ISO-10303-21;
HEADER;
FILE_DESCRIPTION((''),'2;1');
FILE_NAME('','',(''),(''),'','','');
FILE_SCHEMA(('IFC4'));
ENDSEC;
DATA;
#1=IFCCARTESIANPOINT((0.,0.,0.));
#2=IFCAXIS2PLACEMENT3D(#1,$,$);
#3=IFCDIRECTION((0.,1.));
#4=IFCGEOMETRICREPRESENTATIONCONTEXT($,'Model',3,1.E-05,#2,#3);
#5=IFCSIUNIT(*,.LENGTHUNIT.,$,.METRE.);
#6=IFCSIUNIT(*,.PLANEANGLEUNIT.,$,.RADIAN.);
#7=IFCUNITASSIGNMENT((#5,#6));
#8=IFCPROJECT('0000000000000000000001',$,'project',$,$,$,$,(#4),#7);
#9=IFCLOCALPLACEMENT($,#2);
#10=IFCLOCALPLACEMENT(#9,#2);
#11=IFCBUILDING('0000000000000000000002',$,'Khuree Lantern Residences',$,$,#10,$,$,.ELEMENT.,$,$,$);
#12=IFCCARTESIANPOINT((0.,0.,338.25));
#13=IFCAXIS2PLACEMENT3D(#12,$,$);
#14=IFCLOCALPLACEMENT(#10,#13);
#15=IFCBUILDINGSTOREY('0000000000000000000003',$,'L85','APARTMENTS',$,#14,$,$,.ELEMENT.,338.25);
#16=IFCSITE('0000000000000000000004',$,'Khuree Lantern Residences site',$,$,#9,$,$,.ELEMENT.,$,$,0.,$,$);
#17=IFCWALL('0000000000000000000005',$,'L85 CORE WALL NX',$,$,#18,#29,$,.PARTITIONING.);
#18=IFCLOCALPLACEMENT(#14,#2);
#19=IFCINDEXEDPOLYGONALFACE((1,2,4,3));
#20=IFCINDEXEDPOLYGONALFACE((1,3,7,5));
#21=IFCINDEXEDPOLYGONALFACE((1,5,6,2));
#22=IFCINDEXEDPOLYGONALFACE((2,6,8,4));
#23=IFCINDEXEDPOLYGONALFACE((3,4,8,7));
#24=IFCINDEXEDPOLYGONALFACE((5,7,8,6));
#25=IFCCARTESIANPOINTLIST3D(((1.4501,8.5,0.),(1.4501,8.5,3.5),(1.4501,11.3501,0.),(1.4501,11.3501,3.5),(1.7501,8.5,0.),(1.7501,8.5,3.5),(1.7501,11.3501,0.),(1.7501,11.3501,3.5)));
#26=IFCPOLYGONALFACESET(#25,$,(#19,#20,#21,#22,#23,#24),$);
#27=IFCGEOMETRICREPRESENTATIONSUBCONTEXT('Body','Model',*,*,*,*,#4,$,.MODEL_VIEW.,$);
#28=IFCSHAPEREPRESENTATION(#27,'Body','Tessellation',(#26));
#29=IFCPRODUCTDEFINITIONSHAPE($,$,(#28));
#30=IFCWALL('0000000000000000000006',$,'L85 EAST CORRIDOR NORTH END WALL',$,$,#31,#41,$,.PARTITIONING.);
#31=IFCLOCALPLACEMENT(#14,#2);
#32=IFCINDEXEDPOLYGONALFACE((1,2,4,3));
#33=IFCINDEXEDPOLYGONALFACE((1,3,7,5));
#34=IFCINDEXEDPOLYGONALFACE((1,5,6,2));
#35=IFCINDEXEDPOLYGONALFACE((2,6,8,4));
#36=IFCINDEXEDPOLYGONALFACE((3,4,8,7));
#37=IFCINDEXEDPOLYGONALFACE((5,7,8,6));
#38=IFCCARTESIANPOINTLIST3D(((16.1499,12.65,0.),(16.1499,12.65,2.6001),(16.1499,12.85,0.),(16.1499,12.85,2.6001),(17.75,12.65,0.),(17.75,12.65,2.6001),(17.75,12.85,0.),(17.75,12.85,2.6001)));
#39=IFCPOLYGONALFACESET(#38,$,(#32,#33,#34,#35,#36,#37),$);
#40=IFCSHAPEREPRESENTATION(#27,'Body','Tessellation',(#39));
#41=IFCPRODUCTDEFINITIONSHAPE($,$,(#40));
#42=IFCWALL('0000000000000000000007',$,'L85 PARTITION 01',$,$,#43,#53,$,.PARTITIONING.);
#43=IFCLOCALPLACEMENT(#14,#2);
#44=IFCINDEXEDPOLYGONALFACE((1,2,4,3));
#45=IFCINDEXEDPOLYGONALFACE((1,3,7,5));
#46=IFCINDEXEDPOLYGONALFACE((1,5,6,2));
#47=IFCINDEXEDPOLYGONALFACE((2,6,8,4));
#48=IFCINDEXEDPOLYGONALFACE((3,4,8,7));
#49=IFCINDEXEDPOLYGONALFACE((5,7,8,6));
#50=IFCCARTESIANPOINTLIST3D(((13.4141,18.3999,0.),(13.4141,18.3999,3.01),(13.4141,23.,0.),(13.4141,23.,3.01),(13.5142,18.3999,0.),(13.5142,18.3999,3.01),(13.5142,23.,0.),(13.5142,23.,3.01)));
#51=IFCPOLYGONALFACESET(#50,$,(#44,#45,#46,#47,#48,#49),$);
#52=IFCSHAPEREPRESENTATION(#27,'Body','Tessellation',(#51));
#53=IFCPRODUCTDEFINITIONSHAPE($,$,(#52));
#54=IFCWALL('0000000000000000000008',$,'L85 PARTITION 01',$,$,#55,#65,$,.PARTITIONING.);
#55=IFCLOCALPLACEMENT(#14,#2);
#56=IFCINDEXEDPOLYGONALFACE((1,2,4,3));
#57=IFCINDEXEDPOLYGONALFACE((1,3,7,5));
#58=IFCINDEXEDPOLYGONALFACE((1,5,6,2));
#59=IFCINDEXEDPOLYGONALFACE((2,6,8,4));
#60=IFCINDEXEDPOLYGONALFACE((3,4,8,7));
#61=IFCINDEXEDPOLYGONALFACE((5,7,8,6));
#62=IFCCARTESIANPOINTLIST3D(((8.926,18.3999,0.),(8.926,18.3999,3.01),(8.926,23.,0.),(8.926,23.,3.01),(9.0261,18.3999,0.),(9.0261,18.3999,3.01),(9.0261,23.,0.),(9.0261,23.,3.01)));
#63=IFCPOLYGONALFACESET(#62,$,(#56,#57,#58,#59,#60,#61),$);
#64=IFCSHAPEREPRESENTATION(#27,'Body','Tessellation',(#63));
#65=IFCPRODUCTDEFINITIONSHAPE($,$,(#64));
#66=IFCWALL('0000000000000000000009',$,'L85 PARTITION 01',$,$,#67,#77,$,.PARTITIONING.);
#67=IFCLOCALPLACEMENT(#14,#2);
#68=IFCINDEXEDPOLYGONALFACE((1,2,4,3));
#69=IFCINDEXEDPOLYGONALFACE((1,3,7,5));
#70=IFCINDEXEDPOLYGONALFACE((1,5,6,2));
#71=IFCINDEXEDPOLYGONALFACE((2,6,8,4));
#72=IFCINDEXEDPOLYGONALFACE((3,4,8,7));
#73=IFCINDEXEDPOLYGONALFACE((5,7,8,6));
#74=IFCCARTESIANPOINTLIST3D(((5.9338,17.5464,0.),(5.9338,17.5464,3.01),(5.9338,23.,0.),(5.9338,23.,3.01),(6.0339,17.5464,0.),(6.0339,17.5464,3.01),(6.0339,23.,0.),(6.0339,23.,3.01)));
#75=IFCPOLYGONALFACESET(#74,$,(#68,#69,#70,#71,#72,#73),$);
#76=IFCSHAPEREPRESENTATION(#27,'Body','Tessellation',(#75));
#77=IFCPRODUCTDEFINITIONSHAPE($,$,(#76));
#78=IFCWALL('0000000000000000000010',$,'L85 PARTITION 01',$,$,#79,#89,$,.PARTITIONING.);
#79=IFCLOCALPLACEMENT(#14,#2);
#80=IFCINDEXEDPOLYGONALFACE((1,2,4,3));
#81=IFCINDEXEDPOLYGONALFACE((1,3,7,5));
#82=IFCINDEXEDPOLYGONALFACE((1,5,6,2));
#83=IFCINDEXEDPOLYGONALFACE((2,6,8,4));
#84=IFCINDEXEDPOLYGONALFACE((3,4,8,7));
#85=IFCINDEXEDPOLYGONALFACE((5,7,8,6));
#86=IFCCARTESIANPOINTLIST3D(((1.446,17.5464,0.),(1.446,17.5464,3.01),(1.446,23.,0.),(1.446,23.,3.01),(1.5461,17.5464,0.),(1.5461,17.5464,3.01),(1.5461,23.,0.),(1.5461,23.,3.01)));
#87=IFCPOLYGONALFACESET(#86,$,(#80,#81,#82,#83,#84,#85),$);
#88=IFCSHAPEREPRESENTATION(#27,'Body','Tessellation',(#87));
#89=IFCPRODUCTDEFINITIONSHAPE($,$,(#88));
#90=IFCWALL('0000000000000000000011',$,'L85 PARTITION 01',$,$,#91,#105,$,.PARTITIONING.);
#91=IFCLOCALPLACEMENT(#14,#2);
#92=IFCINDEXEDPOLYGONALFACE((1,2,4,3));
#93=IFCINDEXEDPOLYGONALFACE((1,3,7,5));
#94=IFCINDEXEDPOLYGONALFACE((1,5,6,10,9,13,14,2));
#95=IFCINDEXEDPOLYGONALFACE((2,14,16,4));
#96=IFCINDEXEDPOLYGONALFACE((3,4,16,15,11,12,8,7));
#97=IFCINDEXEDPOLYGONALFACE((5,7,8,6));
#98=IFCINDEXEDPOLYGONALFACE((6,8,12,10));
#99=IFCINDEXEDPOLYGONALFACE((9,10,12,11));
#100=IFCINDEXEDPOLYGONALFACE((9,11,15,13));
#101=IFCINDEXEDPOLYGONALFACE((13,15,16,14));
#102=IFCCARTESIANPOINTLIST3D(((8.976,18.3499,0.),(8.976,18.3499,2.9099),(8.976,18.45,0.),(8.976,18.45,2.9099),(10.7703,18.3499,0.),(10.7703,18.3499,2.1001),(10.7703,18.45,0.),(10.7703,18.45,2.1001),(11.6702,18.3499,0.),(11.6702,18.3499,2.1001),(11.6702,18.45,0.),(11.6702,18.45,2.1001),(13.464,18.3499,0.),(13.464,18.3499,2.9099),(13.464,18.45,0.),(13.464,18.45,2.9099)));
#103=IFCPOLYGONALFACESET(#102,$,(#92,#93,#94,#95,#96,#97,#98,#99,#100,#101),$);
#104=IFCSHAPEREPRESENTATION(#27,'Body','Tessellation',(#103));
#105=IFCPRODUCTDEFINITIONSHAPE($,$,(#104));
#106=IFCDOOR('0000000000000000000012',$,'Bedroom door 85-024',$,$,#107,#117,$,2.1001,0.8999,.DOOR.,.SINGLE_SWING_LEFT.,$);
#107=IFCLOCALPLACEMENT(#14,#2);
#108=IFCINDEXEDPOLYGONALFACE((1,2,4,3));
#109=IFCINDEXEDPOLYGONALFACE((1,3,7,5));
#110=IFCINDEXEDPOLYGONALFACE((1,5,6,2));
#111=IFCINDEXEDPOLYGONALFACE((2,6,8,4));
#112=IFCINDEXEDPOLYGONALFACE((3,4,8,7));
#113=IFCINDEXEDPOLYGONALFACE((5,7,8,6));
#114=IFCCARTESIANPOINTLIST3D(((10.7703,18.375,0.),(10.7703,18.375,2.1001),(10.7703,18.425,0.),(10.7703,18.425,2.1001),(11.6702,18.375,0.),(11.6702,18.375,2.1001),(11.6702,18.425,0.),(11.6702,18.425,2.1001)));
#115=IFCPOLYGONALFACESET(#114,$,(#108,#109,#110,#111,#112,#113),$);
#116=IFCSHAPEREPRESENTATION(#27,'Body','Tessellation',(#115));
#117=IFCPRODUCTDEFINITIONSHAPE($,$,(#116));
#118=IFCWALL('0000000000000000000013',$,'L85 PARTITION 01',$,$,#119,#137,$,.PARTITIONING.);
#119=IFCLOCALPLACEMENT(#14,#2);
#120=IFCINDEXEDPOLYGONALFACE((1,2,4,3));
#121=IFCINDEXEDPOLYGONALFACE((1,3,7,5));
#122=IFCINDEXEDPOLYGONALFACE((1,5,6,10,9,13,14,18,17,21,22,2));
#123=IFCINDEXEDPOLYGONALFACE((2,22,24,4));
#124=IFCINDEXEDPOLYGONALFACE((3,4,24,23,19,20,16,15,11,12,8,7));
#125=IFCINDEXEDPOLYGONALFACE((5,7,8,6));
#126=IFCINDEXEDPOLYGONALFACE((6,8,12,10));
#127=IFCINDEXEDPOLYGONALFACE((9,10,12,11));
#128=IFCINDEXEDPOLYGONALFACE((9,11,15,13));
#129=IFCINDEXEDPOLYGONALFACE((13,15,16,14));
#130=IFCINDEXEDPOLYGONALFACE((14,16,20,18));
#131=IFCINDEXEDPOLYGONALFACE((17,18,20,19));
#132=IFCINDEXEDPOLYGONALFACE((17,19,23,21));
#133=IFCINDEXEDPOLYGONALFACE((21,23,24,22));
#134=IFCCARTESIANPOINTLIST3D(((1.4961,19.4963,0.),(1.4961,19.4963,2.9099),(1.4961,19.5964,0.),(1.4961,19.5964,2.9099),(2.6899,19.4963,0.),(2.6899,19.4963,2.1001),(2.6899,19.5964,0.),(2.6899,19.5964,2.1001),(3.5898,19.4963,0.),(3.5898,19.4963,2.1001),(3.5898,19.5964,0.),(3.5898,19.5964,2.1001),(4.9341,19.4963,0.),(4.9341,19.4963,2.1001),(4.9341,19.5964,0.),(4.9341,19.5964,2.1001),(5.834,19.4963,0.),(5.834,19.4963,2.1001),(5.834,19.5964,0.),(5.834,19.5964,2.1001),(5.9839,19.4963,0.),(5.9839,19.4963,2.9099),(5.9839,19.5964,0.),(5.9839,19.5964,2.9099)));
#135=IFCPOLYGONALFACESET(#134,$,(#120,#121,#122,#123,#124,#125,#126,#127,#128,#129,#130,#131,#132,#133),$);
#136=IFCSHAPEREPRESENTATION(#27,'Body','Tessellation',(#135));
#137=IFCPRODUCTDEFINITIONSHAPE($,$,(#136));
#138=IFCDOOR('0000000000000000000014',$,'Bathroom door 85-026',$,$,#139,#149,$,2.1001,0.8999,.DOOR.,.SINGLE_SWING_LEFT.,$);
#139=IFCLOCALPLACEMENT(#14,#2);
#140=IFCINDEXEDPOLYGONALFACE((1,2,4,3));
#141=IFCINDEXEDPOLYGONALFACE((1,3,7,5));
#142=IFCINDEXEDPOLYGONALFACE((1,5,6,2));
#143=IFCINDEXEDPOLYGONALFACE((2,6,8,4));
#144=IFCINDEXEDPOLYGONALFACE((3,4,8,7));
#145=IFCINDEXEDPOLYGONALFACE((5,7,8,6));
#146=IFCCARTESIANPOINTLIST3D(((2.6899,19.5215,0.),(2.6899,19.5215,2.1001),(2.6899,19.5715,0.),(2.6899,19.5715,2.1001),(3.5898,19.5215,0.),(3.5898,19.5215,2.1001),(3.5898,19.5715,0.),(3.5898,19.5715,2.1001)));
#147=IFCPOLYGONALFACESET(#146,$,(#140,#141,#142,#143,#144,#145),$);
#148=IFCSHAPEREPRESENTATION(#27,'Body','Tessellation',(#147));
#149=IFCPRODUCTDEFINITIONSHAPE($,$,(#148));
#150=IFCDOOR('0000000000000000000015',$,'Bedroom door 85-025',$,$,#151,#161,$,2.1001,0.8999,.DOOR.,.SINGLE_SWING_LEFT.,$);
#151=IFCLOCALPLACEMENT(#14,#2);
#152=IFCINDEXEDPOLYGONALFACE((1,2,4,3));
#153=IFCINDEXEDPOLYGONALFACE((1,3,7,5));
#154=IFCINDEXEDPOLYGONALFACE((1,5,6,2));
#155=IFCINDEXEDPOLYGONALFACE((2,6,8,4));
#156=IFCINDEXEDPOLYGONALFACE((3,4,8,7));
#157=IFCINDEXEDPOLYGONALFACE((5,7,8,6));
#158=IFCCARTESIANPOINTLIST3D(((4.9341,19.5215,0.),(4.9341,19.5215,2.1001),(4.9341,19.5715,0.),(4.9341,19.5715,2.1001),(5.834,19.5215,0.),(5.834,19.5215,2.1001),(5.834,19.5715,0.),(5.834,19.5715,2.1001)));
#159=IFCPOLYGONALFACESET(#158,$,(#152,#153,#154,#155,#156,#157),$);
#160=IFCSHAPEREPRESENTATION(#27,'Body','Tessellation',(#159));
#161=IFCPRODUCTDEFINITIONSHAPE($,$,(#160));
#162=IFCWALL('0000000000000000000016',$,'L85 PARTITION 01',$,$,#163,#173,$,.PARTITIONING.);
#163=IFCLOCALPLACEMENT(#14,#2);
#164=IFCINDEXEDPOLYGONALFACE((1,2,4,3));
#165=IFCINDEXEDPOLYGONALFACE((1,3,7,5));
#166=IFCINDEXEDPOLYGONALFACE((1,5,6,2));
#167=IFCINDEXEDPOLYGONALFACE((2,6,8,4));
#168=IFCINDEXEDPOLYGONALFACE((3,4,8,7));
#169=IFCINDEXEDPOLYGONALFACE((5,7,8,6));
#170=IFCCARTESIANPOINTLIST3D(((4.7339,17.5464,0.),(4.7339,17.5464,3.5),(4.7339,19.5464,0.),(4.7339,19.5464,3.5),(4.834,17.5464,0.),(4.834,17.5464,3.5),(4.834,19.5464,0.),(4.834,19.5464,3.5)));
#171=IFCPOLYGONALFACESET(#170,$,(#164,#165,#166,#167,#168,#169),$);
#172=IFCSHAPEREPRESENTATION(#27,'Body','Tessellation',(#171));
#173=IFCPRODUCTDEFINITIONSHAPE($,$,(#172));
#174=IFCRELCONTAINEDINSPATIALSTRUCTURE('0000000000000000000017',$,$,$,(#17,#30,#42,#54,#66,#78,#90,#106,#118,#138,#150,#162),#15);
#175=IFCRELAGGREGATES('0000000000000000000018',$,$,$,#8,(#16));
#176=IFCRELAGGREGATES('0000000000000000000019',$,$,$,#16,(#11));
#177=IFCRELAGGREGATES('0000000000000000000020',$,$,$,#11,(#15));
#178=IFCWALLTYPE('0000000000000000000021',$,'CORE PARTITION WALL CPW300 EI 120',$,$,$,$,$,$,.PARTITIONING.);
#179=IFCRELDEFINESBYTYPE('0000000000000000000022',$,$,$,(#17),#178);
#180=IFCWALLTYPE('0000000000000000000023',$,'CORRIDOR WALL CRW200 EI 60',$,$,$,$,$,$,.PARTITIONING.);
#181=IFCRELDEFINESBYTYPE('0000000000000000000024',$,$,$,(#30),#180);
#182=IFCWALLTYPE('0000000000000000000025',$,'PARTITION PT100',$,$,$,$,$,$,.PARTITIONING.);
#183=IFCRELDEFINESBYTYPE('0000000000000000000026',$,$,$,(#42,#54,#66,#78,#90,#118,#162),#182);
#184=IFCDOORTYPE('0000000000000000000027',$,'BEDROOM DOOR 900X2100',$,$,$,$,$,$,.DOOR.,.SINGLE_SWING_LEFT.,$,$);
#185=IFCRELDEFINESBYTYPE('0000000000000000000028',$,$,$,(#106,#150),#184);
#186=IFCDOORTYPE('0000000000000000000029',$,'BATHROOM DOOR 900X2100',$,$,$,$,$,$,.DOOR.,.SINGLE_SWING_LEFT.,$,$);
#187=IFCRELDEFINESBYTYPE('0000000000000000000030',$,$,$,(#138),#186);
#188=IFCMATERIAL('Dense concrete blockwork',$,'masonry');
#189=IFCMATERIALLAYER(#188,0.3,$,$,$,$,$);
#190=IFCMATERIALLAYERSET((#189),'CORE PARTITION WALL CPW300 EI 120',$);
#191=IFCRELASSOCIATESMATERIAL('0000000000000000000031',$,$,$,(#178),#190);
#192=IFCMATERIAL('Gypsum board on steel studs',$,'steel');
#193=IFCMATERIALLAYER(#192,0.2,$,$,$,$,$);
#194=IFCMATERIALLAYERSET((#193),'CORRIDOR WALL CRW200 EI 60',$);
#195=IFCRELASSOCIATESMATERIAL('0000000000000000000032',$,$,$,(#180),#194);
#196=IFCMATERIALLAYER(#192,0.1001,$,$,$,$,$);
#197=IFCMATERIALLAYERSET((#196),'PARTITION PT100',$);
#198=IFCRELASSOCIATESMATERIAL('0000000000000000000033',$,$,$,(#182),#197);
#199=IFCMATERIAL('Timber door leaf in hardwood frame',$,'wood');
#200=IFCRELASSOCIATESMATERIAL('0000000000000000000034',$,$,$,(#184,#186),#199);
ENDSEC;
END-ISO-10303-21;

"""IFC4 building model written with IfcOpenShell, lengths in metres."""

from ifc_helpers import new_model, si_unit, direction, frame, frame_2d, origin, place, context, subcontext, project, spatial, rectangle, extrude, material, layer, layer_set, type_object, element, fill, save


model = new_model("IFC4")

# Units and contexts
model_context = context("Model", 3, precision=1e-05, world=origin(), true_north=direction((0.0, 1.0)))
body_context = subcontext(model_context, "Body", "Model", "MODEL_VIEW")
ifc_project = project(units=[si_unit("LENGTHUNIT", "METRE"), si_unit("PLANEANGLEUNIT", "RADIAN")], contexts=[model_context])

# Site, building, storey
site_placement = place(None, origin())
site = spatial("IfcSite", under=ifc_project, at=site_placement, Name="Khuree Lantern Residences site", CompositionType="ELEMENT", RefElevation=0.0)
building_placement = place(site_placement, origin())
building = spatial("IfcBuilding", under=site, at=building_placement, Name="Khuree Lantern Residences", CompositionType="ELEMENT")
storey_placement = place(building_placement, frame((0.0, 0.0, 338.25)))
storey = spatial("IfcBuildingStorey", under=building, at=storey_placement, Name="L85", Description="APARTMENTS", CompositionType="ELEMENT", Elevation=338.25)

# Shared definitions
ifc_material_1 = material(Name="Dense concrete blockwork", Category="masonry")
ifc_layer_1 = layer(ifc_material_1, 0.3)
ifc_layer_set_1 = layer_set([ifc_layer_1], Name="CORE PARTITION WALL CPW300 EI 120")
wall_type_1 = type_object("IfcWallType", Name="CORE PARTITION WALL CPW300 EI 120", PredefinedType="PARTITIONING", material=ifc_layer_set_1)

# Shared definitions
ifc_material_2 = material(Name="Timber door leaf in hardwood frame", Category="wood")

# Walls
wall_1_placement = place(storey_placement, frame((1.6001, 8.5, 0.0), z_axis=(0.0, 0.0, 1.0), x_axis=(0.0, 1.0, 0.0)))
element("IfcWall", 1, at=wall_1_placement, inside=storey, type_object=wall_type_1, Name="L85 CORE WALL NX", PredefinedType="PARTITIONING", context=body_context, shape_type="SweptSolid", body=[
    extrude(rectangle(XDim=2.8501, YDim=0.3, at=frame_2d((1.425, 0.0))), origin(), (0.0, 0.0, 1.0), 3.5),
])
ifc_material_3 = material(Name="Gypsum board on steel studs", Category="steel")
ifc_layer_2 = layer(ifc_material_3, 0.2)
ifc_layer_set_2 = layer_set([ifc_layer_2], Name="CORRIDOR WALL CRW200 EI 60")
wall_type_2 = type_object("IfcWallType", Name="CORRIDOR WALL CRW200 EI 60", PredefinedType="PARTITIONING", material=ifc_layer_set_2)
wall_2_placement = place(storey_placement, frame((16.1499, 12.75, 0.0), z_axis=(0.0, 0.0, 1.0), x_axis=(1.0, 0.0, 0.0)))
element("IfcWall", 2, at=wall_2_placement, inside=storey, type_object=wall_type_2, Name="L85 EAST CORRIDOR NORTH END WALL", PredefinedType="PARTITIONING", context=body_context, shape_type="SweptSolid", body=[
    extrude(rectangle(XDim=1.6001, YDim=0.2, at=frame_2d((0.8, 0.0))), origin(), (0.0, 0.0, 1.0), 2.6001),
])
ifc_layer_3 = layer(ifc_material_3, 0.1001)
ifc_layer_set_3 = layer_set([ifc_layer_3], Name="PARTITION PT100")
wall_type_3 = type_object("IfcWallType", Name="PARTITION PT100", PredefinedType="PARTITIONING", material=ifc_layer_set_3)
for number, where, z_axis, x_axis, name in (
    (3, (13.4641, 18.3999, 0.0), (0.0, 0.0, 1.0), (0.0, 1.0, 0.0), "L85 PARTITION 01"),
    (4, (8.9761, 18.3999, 0.0), (0.0, 0.0, 1.0), (0.0, 1.0, 0.0), "L85 PARTITION 01"),
):
    element("IfcWall", number, at=place(storey_placement, frame(where, z_axis=z_axis, x_axis=x_axis)), inside=storey, type_object=wall_type_3, Name=name, PredefinedType="PARTITIONING", context=body_context, shape_type="SweptSolid", body=[
        extrude(rectangle(XDim=4.6001, YDim=0.1001, at=frame_2d((2.3, 0.0))), origin(), (0.0, 0.0, 1.0), 3.01),
    ])
for number, where, z_axis, x_axis, name in (
    (5, (5.9839, 17.5464, 0.0), (0.0, 0.0, 1.0), (0.0, 1.0, 0.0), "L85 PARTITION 01"),
    (6, (1.4961, 17.5464, 0.0), (0.0, 0.0, 1.0), (0.0, 1.0, 0.0), "L85 PARTITION 01"),
):
    element("IfcWall", number, at=place(storey_placement, frame(where, z_axis=z_axis, x_axis=x_axis)), inside=storey, type_object=wall_type_3, Name=name, PredefinedType="PARTITIONING", context=body_context, shape_type="SweptSolid", body=[
        extrude(rectangle(XDim=5.4536, YDim=0.1001, at=frame_2d((2.7268, 0.0))), origin(), (0.0, 0.0, 1.0), 3.01),
    ])

# Wall, opening, door
wall_3_placement = place(storey_placement, frame((13.4641, 18.3999, 0.0), z_axis=(0.0, 0.0, 1.0), x_axis=(-1.0, 0.0, 0.0)))
wall_3 = element("IfcWall", 7, at=wall_3_placement, inside=storey, type_object=wall_type_3, Name="L85 PARTITION 01", PredefinedType="PARTITIONING", context=body_context, shape_type="SweptSolid", body=[
    extrude(rectangle(XDim=4.488, YDim=0.1001, at=frame_2d((2.2441, 0.0))), origin(), (0.0, 0.0, 1.0), 2.9099),
])
opening_1_placement = place(wall_3_placement, frame((1.7939, 0.0, 0.0)))
opening_1 = element("IfcOpeningElement", 8, at=opening_1_placement, cuts=wall_3, PredefinedType="OPENING", context=body_context, shape_type="SweptSolid", body=[
    extrude(rectangle(XDim=0.8999, YDim=2.1001, at=frame_2d((0.45, 1.05))), frame((0.0, 0.0601, 0.0), z_axis=(0.0, -1.0, 0.0), x_axis=(1.0, 0.0, 0.0)), (0.0, 0.0, 1.0), 0.1201),
])
door_type_1 = type_object("IfcDoorType", Name="BEDROOM DOOR 900X2100", OperationType="SINGLE_SWING_LEFT", PredefinedType="DOOR", material=ifc_material_2)
door_1_placement = place(opening_1_placement, origin())
door_1 = element("IfcDoor", 9, at=door_1_placement, inside=storey, type_object=door_type_1, Name="Bedroom door 85-024", OperationType="SINGLE_SWING_LEFT", OverallHeight=2.1001, OverallWidth=0.8999, PredefinedType="DOOR", context=body_context, shape_type="SweptSolid", body=[
    extrude(rectangle(XDim=0.8999, YDim=2.1001, at=frame_2d((0.45, 1.05))), frame((0.0, 0.0249, 0.0), z_axis=(0.0, -1.0, 0.0), x_axis=(1.0, 0.0, 0.0)), (0.0, 0.0, 1.0), 0.05),
])
fill(opening_1, door_1)

# Wall, openings, doors
wall_4_placement = place(storey_placement, frame((5.9839, 19.5464, 0.0), z_axis=(0.0, 0.0, 1.0), x_axis=(-1.0, 0.0, 0.0)))
wall_4 = element("IfcWall", 10, at=wall_4_placement, inside=storey, type_object=wall_type_3, Name="L85 PARTITION 01", PredefinedType="PARTITIONING", context=body_context, shape_type="SweptSolid", body=[
    extrude(rectangle(XDim=4.4878, YDim=0.1001, at=frame_2d((2.2439, 0.0))), origin(), (0.0, 0.0, 1.0), 2.9099),
])
opening_2_placement = place(wall_4_placement, frame((0.1499, 0.0, 0.0)))
opening_2 = element("IfcOpeningElement", 11, at=opening_2_placement, cuts=wall_4, PredefinedType="OPENING", context=body_context, shape_type="SweptSolid", body=[
    extrude(rectangle(XDim=0.8999, YDim=2.1001, at=frame_2d((0.45, 1.05))), frame((0.0, 0.0601, 0.0), z_axis=(0.0, -1.0, 0.0), x_axis=(1.0, 0.0, 0.0)), (0.0, 0.0, 1.0), 0.1201),
])
opening_3_placement = place(wall_4_placement, frame((2.394, 0.0, 0.0)))
opening_3 = element("IfcOpeningElement", 12, at=opening_3_placement, cuts=wall_4, PredefinedType="OPENING", context=body_context, shape_type="SweptSolid", body=[
    extrude(rectangle(XDim=0.8999, YDim=2.1001, at=frame_2d((0.45, 1.05))), frame((0.0, 0.0601, 0.0), z_axis=(0.0, -1.0, 0.0), x_axis=(1.0, 0.0, 0.0)), (0.0, 0.0, 1.0), 0.1201),
])
door_type_2 = type_object("IfcDoorType", Name="BATHROOM DOOR 900X2100", OperationType="SINGLE_SWING_LEFT", PredefinedType="DOOR", material=ifc_material_2)
door_2_placement = place(opening_3_placement, origin())
door_2 = element("IfcDoor", 13, at=door_2_placement, inside=storey, type_object=door_type_2, Name="Bathroom door 85-026", OperationType="SINGLE_SWING_LEFT", OverallHeight=2.1001, OverallWidth=0.8999, PredefinedType="DOOR", context=body_context, shape_type="SweptSolid", body=[
    extrude(rectangle(XDim=0.8999, YDim=2.1001, at=frame_2d((0.45, 1.05))), frame((0.0, 0.0249, 0.0), z_axis=(0.0, -1.0, 0.0), x_axis=(1.0, 0.0, 0.0)), (0.0, 0.0, 1.0), 0.05),
])
fill(opening_3, door_2)
door_3_placement = place(opening_2_placement, origin())
door_3 = element("IfcDoor", 14, at=door_3_placement, inside=storey, type_object=door_type_1, Name="Bedroom door 85-025", OperationType="SINGLE_SWING_LEFT", OverallHeight=2.1001, OverallWidth=0.8999, PredefinedType="DOOR", context=body_context, shape_type="SweptSolid", body=[
    extrude(rectangle(XDim=0.8999, YDim=2.1001, at=frame_2d((0.45, 1.05))), frame((0.0, 0.0249, 0.0), z_axis=(0.0, -1.0, 0.0), x_axis=(1.0, 0.0, 0.0)), (0.0, 0.0, 1.0), 0.05),
])
fill(opening_2, door_3)

# Wall
wall_5_placement = place(storey_placement, frame((4.7839, 17.5464, 0.0), z_axis=(0.0, 0.0, 1.0), x_axis=(0.0, 1.0, 0.0)))
element("IfcWall", 15, at=wall_5_placement, inside=storey, type_object=wall_type_3, Name="L85 PARTITION 01", PredefinedType="PARTITIONING", context=body_context, shape_type="SweptSolid", body=[
    extrude(rectangle(XDim=2.0, YDim=0.1001, at=frame_2d((1.0, 0.0))), origin(), (0.0, 0.0, 1.0), 3.5),
])

save(model, "model.ifc")
